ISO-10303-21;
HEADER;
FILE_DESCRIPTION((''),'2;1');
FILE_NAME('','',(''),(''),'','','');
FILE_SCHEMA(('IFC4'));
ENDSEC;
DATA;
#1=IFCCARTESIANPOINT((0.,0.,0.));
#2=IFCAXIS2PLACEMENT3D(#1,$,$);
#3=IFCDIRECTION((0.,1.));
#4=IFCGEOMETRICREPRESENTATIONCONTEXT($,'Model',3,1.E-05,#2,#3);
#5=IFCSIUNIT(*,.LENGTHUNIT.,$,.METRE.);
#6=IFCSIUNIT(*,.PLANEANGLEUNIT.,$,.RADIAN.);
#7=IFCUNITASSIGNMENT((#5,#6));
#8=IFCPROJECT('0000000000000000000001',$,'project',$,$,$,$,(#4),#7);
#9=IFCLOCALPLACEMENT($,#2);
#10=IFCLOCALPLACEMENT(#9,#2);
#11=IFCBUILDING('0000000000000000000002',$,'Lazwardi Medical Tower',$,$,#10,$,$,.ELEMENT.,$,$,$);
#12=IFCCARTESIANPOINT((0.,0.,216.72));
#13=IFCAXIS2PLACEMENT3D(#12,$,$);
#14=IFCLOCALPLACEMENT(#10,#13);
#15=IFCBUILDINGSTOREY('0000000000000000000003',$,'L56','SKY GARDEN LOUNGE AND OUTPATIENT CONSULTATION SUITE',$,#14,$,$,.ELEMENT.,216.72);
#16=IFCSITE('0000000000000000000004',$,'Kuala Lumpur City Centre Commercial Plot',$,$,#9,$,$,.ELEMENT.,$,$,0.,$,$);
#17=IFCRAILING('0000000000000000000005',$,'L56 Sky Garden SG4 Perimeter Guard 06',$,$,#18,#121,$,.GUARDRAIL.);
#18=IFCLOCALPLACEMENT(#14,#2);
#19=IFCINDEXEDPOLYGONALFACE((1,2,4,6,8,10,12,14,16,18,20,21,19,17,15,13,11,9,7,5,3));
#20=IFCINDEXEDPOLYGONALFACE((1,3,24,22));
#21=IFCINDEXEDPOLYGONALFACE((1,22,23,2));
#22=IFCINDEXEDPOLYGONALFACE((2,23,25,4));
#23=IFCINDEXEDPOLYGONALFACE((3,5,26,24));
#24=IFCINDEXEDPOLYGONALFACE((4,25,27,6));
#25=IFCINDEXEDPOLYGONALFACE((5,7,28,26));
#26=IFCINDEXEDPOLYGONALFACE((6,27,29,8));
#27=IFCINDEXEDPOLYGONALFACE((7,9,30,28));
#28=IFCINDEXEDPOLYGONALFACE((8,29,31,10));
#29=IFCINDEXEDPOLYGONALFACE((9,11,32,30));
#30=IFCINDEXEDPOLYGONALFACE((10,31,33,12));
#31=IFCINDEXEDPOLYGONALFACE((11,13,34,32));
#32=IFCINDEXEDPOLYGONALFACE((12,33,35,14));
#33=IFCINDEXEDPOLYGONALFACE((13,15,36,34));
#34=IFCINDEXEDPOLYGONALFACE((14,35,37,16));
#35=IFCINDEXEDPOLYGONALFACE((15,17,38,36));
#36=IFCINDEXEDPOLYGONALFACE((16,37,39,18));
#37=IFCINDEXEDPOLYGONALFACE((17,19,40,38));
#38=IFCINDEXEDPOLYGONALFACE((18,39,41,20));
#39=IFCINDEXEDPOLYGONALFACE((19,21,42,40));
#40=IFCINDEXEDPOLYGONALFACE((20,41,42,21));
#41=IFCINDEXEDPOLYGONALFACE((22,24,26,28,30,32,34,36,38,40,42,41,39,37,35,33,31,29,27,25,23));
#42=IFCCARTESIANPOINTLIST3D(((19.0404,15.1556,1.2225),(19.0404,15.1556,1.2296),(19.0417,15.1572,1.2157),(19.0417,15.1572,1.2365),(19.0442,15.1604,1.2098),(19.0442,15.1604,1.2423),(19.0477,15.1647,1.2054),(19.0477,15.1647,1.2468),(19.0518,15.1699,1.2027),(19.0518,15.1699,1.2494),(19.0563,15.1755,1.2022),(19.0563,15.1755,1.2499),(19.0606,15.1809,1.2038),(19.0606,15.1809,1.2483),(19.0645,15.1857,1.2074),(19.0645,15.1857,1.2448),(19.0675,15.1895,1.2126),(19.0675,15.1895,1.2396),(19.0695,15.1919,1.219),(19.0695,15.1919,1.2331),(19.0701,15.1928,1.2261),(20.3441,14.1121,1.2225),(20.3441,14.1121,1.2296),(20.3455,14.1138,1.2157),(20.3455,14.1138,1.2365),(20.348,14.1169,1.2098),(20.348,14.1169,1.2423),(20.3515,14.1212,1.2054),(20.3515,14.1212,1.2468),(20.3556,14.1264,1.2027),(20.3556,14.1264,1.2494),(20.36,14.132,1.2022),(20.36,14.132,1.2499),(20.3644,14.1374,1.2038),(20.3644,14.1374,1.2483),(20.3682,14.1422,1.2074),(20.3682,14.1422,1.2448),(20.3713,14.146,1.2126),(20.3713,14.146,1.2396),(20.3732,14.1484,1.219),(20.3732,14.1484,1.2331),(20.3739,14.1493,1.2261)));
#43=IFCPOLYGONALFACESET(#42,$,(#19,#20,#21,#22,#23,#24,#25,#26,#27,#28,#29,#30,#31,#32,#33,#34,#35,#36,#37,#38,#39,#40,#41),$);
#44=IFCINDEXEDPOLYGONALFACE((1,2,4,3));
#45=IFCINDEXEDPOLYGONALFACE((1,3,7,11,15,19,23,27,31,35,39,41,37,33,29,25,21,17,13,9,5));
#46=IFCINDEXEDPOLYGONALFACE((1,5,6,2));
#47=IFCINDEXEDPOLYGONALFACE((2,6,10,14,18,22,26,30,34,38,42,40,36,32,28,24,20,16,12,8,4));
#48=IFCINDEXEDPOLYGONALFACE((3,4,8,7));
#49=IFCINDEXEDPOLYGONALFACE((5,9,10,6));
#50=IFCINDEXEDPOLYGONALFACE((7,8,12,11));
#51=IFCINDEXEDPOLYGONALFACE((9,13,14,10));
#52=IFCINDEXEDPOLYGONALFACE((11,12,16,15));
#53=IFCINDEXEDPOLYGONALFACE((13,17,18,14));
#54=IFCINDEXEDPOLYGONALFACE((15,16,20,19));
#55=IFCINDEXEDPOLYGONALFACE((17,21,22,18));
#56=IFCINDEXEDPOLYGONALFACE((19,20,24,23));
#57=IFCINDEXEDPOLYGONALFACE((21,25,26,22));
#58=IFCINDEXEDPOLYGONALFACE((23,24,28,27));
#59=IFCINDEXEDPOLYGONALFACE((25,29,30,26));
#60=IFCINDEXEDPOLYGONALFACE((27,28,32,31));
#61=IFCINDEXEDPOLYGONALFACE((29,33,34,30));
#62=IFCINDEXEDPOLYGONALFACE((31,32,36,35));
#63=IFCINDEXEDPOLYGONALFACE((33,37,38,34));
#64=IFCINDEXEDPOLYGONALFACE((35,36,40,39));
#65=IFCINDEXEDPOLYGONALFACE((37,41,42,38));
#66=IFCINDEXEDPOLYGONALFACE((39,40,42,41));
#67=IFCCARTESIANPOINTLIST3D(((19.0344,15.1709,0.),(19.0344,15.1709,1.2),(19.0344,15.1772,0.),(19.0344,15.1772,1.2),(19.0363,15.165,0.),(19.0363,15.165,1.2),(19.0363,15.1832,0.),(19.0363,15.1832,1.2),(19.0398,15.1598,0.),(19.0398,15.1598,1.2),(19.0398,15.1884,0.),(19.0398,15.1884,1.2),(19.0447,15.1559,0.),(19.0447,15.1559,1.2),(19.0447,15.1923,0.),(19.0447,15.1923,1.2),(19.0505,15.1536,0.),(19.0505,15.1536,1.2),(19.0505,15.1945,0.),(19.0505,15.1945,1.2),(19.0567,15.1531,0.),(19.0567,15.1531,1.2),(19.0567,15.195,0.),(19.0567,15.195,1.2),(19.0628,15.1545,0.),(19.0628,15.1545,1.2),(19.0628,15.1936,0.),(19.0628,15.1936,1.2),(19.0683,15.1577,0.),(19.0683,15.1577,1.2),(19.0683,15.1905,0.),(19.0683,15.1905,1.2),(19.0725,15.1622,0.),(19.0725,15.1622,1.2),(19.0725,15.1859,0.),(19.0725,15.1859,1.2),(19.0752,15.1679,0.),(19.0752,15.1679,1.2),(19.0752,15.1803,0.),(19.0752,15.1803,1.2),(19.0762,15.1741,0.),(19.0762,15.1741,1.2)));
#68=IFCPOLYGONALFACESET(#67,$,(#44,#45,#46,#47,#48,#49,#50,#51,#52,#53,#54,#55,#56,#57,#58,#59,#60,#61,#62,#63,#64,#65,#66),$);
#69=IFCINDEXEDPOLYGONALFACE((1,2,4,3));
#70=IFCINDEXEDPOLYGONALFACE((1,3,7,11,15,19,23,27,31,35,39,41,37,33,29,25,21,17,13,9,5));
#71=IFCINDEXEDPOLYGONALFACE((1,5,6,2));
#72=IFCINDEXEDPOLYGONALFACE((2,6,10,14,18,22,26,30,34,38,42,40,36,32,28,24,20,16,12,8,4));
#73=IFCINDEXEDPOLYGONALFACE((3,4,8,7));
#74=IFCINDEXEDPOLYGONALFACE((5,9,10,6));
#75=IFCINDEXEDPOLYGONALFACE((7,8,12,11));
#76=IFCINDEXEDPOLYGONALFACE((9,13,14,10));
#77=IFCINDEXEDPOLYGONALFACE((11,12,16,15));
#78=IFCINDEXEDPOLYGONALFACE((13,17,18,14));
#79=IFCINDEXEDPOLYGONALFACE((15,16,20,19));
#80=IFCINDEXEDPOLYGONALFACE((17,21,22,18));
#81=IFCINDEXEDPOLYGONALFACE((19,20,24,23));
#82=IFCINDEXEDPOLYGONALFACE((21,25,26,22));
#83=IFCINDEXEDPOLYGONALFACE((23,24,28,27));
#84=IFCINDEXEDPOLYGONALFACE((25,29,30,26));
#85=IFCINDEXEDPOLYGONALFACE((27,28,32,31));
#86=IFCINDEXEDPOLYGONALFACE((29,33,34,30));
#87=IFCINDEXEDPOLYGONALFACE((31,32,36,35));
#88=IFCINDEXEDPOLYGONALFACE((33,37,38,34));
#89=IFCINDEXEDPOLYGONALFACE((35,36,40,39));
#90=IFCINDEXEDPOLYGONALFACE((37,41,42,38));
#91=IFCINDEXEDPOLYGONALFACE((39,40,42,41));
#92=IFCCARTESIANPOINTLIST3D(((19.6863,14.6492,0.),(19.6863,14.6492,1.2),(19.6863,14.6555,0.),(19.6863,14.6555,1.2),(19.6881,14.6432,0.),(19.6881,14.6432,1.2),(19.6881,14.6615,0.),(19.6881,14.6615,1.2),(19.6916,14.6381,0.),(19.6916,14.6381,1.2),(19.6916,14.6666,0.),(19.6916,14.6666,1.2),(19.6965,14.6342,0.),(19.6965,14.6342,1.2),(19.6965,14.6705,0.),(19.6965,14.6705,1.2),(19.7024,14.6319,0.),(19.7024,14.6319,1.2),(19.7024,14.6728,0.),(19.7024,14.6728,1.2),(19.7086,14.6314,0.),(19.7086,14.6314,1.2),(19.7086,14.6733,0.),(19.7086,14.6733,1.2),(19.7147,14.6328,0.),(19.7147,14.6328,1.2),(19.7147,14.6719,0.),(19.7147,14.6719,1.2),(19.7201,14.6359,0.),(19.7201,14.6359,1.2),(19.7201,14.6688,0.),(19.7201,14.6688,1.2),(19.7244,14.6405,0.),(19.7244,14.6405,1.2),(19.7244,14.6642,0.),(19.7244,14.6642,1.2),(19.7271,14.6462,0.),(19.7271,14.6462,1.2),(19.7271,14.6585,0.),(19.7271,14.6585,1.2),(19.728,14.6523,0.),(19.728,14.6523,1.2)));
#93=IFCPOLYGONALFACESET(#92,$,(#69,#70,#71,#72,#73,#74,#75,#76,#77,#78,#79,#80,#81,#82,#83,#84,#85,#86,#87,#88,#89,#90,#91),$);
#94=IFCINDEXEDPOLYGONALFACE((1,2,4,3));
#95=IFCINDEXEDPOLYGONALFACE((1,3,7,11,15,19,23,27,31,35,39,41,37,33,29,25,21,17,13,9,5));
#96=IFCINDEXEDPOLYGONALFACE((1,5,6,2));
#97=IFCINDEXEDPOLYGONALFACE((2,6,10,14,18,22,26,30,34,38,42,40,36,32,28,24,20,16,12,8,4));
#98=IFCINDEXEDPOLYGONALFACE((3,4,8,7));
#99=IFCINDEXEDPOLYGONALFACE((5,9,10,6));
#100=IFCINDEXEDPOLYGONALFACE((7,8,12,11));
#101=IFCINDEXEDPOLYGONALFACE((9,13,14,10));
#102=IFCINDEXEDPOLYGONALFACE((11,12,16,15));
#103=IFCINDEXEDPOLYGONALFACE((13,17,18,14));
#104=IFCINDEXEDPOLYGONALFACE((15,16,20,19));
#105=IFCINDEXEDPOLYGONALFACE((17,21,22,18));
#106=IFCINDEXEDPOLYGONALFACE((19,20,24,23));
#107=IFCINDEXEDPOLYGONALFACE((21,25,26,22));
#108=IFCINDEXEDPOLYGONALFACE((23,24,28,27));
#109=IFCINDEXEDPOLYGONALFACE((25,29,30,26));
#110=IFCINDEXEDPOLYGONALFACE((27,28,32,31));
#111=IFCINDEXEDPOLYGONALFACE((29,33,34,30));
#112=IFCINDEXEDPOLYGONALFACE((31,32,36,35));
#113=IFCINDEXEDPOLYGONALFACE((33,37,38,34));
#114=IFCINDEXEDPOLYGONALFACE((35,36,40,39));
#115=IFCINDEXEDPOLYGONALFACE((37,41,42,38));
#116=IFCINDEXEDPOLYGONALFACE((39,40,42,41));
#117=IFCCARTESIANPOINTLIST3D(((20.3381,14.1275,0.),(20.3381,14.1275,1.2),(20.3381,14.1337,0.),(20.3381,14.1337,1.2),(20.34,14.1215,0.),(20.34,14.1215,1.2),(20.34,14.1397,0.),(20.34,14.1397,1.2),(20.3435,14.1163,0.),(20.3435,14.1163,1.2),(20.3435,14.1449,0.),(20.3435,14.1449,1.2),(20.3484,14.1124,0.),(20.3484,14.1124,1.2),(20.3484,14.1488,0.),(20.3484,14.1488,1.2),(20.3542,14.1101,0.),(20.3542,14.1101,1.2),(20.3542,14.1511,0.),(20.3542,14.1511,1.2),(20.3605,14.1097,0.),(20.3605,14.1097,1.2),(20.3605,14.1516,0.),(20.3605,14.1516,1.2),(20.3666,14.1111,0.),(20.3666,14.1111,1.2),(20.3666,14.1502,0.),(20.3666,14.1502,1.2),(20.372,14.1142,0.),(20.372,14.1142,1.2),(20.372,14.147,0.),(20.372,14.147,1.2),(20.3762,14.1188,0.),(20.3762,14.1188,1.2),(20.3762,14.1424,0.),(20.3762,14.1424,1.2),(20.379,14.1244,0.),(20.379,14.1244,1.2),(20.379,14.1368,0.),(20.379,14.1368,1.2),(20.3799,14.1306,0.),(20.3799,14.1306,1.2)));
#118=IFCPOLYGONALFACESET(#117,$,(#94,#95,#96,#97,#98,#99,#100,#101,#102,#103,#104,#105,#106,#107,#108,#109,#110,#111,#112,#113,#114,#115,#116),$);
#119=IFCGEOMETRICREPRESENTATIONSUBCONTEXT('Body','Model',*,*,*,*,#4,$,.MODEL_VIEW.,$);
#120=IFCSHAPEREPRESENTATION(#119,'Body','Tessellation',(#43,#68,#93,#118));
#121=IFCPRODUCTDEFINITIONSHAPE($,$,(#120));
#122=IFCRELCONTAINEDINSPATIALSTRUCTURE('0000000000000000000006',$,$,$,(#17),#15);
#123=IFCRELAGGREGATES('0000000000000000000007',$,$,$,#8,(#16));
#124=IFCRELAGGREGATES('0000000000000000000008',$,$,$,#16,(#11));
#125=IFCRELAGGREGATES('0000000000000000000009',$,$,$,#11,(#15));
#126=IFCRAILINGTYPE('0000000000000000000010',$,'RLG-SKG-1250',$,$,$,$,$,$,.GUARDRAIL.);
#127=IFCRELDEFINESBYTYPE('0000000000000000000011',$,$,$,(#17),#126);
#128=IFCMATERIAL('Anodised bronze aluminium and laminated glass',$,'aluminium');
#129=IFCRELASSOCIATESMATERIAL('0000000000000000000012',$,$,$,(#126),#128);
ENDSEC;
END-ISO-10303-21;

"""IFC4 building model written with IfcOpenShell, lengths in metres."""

from ifc_helpers import new_model, si_unit, direction, frame, origin, origin_2d, place, context, subcontext, project, spatial, circle, extrude, material, type_object, element, save


model = new_model("IFC4")

# Units and contexts
model_context = context("Model", 3, precision=1e-05, world=origin(), true_north=direction((0.0, 1.0)))
body_context = subcontext(model_context, "Body", "Model", "MODEL_VIEW")
ifc_project = project(units=[si_unit("LENGTHUNIT", "METRE"), si_unit("PLANEANGLEUNIT", "RADIAN")], contexts=[model_context])

# Site, building, storey
site_placement = place(None, origin())
site = spatial("IfcSite", under=ifc_project, at=site_placement, Name="Kuala Lumpur City Centre Commercial Plot", CompositionType="ELEMENT", RefElevation=0.0)
building_placement = place(site_placement, origin())
building = spatial("IfcBuilding", under=site, at=building_placement, Name="Lazwardi Medical Tower", CompositionType="ELEMENT")
storey_placement = place(building_placement, frame((0.0, 0.0, 216.72)))
storey = spatial("IfcBuildingStorey", under=building, at=storey_placement, Name="L56", Description="SKY GARDEN LOUNGE AND OUTPATIENT CONSULTATION SUITE", CompositionType="ELEMENT", Elevation=216.72)

# Shared definitions
ifc_material_1 = material(Name="Anodised bronze aluminium and laminated glass", Category="aluminium")

# Railing
railing_type = type_object("IfcRailingType", Name="RLG-SKG-1250", PredefinedType="GUARDRAIL", material=ifc_material_1)
railing_1_placement = place(storey_placement, frame((19.0552, 15.1741, 0.0)))
element("IfcRailing", 1, at=railing_1_placement, inside=storey, type_object=railing_type, Name="L56 Sky Garden SG4 Perimeter Guard 06", PredefinedType="GUARDRAIL", context=body_context, shape_type="SweptSolid", body=[
    extrude(circle(Radius=0.0239, at=origin_2d()), frame((0.0, 0.0, 1.2261), z_axis=(0.780726, -0.624873, 0.0), x_axis=(0.624873, 0.780726, 0.0)), (0.0, 0.0, 1.0), 1.6699),
    extrude(circle(Radius=0.021, at=origin_2d()), origin(), (0.0, 0.0, 1.0), 1.2),
    extrude(circle(Radius=0.021, at=origin_2d()), frame((0.6519, -0.5217, 0.0)), (0.0, 0.0, 1.0), 1.2),
    extrude(circle(Radius=0.021, at=origin_2d()), frame((1.3037, -1.0435, 0.0)), (0.0, 0.0, 1.0), 1.2),
])

save(model, "model.ifc")
